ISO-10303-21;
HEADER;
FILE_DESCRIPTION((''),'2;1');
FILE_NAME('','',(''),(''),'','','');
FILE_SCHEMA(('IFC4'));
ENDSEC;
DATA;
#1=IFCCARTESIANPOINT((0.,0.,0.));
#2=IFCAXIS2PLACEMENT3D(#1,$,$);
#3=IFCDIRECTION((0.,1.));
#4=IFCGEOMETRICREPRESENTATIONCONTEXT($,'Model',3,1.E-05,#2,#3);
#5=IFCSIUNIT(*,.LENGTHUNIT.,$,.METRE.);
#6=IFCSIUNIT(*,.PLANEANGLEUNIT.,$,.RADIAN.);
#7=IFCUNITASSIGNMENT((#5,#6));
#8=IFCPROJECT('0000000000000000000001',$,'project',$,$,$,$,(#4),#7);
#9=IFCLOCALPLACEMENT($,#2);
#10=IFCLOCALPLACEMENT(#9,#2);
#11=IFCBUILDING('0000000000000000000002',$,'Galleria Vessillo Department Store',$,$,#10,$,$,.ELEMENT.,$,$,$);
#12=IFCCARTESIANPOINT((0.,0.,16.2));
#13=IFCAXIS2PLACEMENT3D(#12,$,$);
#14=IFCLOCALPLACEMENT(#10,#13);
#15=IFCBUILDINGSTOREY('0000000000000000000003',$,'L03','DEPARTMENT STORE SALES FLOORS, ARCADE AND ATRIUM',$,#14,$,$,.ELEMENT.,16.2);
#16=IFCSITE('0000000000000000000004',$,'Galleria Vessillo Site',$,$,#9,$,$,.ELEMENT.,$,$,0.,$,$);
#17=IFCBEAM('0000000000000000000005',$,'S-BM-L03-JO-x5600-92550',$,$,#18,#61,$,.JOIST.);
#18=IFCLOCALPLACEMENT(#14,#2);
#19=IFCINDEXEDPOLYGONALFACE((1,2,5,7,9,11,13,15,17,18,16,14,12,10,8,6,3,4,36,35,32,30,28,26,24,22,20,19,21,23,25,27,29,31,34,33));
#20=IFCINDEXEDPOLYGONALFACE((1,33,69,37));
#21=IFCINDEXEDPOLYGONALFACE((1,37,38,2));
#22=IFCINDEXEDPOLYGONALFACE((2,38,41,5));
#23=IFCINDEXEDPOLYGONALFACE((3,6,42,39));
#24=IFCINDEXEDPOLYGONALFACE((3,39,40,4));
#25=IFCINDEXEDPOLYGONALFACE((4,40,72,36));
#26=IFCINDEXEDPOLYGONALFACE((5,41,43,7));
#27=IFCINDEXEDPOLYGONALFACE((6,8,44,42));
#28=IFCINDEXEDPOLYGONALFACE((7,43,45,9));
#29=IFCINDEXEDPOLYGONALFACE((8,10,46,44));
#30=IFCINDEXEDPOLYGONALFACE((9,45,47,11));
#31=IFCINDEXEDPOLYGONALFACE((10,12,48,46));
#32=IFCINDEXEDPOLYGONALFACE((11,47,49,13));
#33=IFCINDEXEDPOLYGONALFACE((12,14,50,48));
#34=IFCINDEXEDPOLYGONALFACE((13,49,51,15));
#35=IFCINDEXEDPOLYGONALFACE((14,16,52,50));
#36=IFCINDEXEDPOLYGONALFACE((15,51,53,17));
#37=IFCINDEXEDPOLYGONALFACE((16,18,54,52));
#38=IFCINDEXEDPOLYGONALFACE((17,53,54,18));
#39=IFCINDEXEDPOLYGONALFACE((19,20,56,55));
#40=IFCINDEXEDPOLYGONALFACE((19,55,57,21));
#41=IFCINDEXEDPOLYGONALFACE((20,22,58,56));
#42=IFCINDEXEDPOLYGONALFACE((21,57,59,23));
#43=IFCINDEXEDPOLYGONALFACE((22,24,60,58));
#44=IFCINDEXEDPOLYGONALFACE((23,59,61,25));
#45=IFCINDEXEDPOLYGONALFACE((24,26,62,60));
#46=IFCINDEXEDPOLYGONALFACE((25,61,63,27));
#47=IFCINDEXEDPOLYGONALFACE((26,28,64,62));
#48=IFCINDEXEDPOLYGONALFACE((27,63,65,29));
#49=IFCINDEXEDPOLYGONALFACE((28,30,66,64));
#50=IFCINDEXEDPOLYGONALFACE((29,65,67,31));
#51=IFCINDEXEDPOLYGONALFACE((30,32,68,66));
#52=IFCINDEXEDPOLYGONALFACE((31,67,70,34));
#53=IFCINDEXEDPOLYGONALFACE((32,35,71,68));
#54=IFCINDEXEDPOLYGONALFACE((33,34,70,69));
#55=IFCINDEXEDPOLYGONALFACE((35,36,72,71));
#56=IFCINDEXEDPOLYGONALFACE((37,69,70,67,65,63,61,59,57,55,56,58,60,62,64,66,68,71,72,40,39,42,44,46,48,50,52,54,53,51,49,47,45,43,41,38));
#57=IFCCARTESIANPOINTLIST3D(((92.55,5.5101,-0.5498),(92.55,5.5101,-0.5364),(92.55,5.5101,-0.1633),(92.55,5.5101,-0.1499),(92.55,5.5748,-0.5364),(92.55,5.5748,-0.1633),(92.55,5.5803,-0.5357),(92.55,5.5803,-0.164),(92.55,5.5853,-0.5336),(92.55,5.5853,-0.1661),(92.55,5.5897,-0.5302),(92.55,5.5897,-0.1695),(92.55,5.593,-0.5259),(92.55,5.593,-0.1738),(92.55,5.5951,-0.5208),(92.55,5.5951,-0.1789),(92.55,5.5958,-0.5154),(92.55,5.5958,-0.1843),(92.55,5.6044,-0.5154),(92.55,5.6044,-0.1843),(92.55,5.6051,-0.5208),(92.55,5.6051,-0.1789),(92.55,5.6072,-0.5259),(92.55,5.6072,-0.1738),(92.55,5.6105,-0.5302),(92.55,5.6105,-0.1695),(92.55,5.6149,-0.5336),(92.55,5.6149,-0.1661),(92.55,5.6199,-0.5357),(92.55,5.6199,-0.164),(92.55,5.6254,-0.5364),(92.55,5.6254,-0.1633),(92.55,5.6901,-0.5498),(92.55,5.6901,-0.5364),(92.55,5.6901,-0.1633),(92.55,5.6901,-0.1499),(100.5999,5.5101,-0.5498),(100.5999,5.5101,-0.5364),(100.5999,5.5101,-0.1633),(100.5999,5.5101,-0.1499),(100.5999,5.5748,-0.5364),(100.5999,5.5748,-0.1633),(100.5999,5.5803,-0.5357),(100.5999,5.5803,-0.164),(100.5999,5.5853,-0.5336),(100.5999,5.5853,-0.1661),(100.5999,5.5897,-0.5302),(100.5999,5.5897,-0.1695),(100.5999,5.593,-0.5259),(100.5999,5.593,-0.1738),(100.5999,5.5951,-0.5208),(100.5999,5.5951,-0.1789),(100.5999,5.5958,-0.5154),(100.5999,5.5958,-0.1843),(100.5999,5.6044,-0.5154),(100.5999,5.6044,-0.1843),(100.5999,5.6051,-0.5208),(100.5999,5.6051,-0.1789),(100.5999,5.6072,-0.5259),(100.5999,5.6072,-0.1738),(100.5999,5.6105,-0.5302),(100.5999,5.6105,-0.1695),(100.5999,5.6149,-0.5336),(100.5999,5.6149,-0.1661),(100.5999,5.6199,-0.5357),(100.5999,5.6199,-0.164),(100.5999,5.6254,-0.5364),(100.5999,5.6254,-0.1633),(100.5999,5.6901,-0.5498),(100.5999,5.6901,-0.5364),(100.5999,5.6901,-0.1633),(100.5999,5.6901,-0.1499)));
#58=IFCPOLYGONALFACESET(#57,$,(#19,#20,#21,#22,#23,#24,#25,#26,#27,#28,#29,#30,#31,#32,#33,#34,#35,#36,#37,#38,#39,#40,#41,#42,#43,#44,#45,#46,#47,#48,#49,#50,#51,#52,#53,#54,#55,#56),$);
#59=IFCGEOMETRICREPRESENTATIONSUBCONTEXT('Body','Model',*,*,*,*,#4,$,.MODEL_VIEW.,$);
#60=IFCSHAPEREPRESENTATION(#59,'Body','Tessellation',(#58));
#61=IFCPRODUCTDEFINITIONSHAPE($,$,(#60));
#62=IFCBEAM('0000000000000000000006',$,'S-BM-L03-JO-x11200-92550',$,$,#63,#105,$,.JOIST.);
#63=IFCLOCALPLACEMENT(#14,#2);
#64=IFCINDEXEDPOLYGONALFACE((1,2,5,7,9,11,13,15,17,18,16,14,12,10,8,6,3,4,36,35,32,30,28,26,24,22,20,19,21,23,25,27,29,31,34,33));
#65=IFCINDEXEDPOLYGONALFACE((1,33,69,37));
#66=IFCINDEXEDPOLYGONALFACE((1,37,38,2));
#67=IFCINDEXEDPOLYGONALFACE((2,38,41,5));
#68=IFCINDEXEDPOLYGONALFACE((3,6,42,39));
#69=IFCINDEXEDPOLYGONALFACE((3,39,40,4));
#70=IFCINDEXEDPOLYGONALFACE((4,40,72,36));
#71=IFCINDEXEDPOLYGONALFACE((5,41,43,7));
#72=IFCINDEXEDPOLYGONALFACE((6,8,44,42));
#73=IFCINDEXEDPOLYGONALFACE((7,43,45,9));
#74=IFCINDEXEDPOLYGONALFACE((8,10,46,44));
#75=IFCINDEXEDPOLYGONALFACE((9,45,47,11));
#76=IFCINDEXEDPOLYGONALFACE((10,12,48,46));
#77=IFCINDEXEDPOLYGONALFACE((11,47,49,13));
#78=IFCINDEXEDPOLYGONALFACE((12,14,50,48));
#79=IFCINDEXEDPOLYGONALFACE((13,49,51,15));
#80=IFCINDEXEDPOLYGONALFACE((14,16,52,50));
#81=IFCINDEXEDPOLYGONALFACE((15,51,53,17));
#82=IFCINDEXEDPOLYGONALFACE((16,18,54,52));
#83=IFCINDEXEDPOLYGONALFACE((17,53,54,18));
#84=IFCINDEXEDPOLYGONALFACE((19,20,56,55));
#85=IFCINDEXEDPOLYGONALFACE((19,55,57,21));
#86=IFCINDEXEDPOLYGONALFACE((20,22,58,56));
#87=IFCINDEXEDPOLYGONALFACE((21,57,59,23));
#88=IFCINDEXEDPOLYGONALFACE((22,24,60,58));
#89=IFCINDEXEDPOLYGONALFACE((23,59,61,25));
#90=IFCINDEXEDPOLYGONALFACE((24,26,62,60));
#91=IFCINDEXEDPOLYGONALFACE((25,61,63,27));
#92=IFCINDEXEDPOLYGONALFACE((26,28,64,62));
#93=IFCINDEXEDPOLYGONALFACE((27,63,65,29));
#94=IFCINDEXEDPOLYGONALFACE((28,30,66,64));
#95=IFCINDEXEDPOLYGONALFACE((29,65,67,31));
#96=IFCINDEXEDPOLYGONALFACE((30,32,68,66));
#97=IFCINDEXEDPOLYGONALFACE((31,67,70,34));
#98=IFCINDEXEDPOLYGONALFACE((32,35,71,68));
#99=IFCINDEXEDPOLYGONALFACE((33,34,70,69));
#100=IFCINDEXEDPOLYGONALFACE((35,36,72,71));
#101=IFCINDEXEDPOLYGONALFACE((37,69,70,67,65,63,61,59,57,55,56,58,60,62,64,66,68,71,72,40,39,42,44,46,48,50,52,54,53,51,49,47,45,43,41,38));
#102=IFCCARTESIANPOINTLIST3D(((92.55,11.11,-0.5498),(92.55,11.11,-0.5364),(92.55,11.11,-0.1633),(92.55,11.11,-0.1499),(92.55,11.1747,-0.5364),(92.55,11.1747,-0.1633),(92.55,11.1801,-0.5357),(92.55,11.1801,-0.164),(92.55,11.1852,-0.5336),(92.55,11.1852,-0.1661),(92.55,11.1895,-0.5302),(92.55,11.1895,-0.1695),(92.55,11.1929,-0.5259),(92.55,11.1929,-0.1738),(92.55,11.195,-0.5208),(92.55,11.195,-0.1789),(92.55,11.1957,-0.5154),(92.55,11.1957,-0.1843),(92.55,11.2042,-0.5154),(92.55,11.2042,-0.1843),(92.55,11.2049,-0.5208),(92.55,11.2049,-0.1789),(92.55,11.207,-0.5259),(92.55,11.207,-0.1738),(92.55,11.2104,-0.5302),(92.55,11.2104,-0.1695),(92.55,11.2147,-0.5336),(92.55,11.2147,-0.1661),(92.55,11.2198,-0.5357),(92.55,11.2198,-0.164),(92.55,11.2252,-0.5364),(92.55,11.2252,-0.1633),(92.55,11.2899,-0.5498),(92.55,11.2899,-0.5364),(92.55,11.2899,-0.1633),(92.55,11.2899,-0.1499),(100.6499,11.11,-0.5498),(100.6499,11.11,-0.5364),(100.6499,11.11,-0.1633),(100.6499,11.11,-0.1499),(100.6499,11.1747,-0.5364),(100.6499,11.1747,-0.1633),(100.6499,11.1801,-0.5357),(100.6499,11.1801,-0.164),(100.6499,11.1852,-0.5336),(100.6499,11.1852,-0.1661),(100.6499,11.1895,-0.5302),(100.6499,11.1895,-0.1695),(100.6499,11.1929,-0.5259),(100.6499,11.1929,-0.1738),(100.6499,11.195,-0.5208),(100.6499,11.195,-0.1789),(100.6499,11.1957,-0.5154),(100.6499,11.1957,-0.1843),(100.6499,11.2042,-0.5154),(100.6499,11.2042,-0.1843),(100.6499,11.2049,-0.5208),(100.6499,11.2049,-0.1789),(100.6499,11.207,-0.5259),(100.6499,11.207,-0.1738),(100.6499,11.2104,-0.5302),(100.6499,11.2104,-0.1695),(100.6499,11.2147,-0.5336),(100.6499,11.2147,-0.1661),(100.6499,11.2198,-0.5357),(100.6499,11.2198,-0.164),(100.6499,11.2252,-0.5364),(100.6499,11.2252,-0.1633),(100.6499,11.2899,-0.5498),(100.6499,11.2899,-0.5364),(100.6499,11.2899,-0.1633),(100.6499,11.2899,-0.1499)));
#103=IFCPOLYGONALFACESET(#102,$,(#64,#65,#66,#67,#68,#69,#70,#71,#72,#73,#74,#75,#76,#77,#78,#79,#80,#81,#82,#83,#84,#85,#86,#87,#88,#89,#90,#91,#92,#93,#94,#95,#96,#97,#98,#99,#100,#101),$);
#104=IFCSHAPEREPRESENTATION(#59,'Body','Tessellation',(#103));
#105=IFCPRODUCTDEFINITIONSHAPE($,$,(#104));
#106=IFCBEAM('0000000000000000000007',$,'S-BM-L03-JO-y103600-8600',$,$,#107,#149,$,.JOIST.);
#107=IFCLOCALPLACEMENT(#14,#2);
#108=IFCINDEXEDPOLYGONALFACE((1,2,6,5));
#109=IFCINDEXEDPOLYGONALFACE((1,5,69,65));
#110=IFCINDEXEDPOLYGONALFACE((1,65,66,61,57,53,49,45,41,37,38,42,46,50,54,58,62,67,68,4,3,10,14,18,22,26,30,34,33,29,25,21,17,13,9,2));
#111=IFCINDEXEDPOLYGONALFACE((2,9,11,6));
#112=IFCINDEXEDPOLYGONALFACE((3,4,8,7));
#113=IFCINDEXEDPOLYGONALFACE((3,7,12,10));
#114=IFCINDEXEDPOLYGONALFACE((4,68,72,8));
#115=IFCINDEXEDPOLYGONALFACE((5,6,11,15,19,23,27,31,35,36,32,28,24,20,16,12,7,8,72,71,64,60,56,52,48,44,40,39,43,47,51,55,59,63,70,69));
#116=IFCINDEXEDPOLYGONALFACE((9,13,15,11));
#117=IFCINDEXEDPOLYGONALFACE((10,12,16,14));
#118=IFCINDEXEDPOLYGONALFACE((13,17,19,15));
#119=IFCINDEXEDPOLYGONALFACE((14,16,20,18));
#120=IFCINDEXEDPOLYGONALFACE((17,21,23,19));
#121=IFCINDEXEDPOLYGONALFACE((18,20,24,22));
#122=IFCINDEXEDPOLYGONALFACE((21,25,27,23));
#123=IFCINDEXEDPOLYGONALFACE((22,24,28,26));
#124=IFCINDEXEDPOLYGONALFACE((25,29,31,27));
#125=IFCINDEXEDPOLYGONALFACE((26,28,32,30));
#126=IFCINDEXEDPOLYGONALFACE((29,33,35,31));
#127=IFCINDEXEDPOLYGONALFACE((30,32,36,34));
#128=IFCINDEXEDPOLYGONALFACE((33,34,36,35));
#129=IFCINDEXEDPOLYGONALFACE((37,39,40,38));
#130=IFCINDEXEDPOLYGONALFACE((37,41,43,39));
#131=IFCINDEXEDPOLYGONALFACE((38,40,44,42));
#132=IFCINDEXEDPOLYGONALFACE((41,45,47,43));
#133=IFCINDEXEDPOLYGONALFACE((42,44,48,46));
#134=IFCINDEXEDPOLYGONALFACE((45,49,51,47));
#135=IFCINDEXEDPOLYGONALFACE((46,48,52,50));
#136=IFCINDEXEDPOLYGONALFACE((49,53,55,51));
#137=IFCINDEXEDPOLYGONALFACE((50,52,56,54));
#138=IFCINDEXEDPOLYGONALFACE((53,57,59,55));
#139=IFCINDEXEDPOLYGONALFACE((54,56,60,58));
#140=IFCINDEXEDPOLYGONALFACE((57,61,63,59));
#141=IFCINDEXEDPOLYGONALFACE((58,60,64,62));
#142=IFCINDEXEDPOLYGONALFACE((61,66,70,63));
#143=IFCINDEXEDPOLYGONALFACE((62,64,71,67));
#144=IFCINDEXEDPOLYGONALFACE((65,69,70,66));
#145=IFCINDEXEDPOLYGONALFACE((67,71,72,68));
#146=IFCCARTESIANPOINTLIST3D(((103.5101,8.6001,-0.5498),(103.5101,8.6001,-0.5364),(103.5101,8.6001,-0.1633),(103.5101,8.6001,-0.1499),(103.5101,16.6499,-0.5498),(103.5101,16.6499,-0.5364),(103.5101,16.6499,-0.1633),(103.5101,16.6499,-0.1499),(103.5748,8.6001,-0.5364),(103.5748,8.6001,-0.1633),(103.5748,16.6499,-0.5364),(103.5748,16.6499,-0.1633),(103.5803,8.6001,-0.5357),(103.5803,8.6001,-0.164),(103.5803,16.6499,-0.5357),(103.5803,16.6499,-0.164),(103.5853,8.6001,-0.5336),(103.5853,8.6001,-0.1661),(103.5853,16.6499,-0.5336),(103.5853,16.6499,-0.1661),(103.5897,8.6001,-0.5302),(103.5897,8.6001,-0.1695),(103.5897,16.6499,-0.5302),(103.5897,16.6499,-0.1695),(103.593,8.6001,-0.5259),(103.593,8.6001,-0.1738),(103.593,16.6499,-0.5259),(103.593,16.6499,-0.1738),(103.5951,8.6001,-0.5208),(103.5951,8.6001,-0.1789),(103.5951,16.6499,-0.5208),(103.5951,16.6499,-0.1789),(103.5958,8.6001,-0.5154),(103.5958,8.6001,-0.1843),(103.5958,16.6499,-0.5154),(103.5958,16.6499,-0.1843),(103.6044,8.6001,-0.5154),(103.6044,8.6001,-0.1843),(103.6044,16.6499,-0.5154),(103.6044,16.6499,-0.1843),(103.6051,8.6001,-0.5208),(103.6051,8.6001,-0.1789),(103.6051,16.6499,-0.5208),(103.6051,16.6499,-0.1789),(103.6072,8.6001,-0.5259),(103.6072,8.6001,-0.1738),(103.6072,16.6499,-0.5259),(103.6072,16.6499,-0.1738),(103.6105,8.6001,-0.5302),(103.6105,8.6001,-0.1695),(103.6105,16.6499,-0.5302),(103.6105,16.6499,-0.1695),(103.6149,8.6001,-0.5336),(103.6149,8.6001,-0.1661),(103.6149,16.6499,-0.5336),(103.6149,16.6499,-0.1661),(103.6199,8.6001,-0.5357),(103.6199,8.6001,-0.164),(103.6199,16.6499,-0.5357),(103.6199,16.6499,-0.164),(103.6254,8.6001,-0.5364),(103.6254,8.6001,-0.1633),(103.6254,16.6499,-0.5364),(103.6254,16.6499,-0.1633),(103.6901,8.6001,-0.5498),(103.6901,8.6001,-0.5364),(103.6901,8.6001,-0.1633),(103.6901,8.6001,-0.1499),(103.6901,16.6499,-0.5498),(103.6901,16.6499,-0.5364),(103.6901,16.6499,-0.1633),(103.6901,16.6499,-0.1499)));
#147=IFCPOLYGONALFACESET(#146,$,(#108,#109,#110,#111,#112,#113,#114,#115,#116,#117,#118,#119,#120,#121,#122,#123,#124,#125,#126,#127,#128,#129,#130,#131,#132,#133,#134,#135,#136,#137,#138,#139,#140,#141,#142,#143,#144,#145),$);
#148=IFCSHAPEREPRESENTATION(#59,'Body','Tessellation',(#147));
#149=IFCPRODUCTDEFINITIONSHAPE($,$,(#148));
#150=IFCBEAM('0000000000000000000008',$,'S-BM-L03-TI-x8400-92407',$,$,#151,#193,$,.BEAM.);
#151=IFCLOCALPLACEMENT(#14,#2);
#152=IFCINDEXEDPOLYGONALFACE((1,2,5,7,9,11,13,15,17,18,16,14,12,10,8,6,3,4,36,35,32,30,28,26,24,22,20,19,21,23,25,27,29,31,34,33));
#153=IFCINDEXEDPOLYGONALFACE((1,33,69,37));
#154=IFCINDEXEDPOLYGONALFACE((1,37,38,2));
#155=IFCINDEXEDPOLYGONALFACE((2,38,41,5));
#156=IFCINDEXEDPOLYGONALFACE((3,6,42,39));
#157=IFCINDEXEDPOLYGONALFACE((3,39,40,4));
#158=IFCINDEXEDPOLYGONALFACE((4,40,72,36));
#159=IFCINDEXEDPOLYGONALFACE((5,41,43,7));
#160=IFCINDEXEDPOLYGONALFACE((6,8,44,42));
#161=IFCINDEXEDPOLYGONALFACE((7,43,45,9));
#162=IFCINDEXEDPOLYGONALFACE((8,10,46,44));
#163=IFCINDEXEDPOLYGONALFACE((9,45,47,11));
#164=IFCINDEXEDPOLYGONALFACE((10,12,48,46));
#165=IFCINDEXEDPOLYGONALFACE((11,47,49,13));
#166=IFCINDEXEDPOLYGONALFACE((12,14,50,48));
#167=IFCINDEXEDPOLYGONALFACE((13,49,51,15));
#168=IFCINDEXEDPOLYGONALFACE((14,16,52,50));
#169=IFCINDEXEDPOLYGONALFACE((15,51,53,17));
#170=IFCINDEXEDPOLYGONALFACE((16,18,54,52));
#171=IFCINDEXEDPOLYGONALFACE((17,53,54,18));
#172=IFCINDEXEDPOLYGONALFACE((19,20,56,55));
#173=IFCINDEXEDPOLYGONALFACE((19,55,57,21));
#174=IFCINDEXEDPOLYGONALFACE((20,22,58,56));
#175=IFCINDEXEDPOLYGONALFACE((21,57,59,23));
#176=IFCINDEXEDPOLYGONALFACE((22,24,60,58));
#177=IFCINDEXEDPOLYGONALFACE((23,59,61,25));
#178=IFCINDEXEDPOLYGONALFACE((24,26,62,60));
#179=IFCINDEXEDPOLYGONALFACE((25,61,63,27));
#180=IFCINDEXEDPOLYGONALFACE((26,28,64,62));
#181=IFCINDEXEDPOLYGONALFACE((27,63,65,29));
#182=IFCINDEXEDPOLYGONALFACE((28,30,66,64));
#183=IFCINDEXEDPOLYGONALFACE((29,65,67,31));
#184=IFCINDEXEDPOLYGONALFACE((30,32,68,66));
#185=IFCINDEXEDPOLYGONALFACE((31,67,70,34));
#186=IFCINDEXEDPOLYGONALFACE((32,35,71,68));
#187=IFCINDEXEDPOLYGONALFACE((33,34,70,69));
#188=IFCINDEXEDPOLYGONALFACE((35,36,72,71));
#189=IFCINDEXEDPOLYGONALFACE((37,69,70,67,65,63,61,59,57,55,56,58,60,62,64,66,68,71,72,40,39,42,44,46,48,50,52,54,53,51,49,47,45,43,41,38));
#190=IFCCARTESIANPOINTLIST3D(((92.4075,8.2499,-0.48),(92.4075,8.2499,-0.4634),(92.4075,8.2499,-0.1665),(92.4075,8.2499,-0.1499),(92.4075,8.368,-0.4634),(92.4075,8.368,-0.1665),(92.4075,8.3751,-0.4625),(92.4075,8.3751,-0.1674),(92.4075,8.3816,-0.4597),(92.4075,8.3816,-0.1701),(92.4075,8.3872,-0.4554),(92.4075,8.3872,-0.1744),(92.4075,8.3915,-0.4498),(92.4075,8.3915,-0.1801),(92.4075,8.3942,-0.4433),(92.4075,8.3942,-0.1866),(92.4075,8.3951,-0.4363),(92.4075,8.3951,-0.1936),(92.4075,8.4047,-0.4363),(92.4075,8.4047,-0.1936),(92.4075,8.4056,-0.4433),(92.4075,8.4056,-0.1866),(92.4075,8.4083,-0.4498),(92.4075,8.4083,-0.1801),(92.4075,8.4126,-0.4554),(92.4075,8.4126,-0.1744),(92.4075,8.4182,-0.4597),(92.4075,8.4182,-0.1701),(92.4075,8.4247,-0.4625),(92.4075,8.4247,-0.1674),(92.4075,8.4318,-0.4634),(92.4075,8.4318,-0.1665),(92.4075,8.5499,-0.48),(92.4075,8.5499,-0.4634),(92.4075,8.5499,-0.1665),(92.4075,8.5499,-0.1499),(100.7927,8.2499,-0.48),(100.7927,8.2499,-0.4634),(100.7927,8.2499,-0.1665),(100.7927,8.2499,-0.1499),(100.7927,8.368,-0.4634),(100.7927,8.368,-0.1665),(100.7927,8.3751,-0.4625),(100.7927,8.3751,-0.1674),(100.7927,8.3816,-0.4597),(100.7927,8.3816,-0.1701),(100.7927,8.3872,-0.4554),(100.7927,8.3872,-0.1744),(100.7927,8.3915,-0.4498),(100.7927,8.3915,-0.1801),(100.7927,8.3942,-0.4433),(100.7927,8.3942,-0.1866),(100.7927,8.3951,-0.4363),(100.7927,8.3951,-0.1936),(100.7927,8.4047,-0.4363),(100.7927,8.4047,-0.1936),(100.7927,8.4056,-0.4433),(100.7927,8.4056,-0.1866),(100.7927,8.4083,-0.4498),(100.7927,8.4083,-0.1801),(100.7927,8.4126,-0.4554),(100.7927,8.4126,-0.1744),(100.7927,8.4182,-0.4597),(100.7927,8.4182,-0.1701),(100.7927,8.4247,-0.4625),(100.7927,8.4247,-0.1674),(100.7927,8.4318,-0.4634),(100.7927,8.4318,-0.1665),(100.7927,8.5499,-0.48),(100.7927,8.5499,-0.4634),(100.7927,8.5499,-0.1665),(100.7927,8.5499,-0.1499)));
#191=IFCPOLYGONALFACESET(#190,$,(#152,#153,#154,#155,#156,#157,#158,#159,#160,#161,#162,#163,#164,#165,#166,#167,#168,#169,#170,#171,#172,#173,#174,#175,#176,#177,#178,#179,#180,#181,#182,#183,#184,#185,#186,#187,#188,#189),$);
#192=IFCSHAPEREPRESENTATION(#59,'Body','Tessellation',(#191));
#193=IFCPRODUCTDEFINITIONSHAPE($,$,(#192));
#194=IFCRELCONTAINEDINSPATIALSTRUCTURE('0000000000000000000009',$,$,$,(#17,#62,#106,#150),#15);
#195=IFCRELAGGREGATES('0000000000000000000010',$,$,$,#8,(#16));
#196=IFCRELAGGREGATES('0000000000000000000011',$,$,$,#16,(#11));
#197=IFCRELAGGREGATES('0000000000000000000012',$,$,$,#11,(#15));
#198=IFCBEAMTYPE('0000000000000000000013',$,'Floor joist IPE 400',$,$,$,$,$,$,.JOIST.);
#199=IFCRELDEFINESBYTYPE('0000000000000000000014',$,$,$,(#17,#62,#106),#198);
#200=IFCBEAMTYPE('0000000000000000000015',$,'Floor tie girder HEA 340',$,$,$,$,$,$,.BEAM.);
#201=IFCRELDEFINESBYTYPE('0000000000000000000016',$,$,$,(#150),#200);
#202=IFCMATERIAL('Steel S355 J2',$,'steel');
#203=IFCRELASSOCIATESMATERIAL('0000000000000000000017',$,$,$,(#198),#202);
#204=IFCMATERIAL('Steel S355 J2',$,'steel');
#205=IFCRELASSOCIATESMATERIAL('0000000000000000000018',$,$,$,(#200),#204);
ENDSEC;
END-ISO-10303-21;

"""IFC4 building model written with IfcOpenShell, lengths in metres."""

from ifc_helpers import new_model, si_unit, direction, frame, origin, origin_2d, place, context, subcontext, project, spatial, i_section, extrude, material, material_profile, profile_set, type_object, element, save


model = new_model("IFC4")

# Units and contexts
model_context = context("Model", 3, precision=1e-05, world=origin(), true_north=direction((0.0, 1.0)))
body_context = subcontext(model_context, "Body", "Model", "MODEL_VIEW")
ifc_project = project(units=[si_unit("LENGTHUNIT", "METRE"), si_unit("PLANEANGLEUNIT", "RADIAN")], contexts=[model_context])

# Site, building, storey
site_placement = place(None, origin())
site = spatial("IfcSite", under=ifc_project, at=site_placement, Name="Galleria Vessillo Site", CompositionType="ELEMENT", RefElevation=0.0)
building_placement = place(site_placement, origin())
building = spatial("IfcBuilding", under=site, at=building_placement, Name="Galleria Vessillo Department Store", CompositionType="ELEMENT")
storey_placement = place(building_placement, frame((0.0, 0.0, 16.2)))
storey = spatial("IfcBuildingStorey", under=building, at=storey_placement, Name="L03", Description="DEPARTMENT STORE SALES FLOORS, ARCADE AND ATRIUM", CompositionType="ELEMENT", Elevation=16.2)

# Beams
ifc_material_1 = material(Name="Steel S355 J2", Category="steel")
ifc_material_profile_1 = material_profile(ifc_material_1, i_section(OverallWidth=0.1799, OverallDepth=0.3999, WebThickness=0.0085, FlangeThickness=0.0134, FilletRadius=0.021, at=origin_2d()), Name="IPE 400")
ifc_profile_set_1 = profile_set([ifc_material_profile_1], Name="Steel S355 J2")
beam_type_1 = type_object("IfcBeamType", Name="Floor joist IPE 400", PredefinedType="JOIST", material=ifc_profile_set_1)
for number, where, z_axis, x_axis, name in (
    (1, (92.55, 5.6001, -0.3499), (1.0, 0.0, 0.0), (0.0, 1.0, 0.0), "S-BM-L03-JO-x5600-92550"),
):
    element("IfcBeam", number, at=place(storey_placement, frame(where, z_axis=z_axis, x_axis=x_axis)), inside=storey, type_object=beam_type_1, Name=name, PredefinedType="JOIST", context=body_context, shape_type="SweptSolid", body=[
        extrude(i_section(OverallWidth=0.1799, OverallDepth=0.3999, WebThickness=0.0085, FlangeThickness=0.0134, FilletRadius=0.021, at=origin_2d()), origin(), (0.0, 0.0, 1.0), 8.0498),
    ])
beam_1_placement = place(storey_placement, frame((92.55, 11.2, -0.3499), z_axis=(1.0, 0.0, 0.0), x_axis=(0.0, 1.0, 0.0)))
element("IfcBeam", 2, at=beam_1_placement, inside=storey, type_object=beam_type_1, Name="S-BM-L03-JO-x11200-92550", PredefinedType="JOIST", context=body_context, shape_type="SweptSolid", body=[
    extrude(i_section(OverallWidth=0.1799, OverallDepth=0.3999, WebThickness=0.0085, FlangeThickness=0.0134, FilletRadius=0.021, at=origin_2d()), origin(), (0.0, 0.0, 1.0), 8.0999),
])
beam_2_placement = place(storey_placement, frame((103.6001, 8.6001, -0.3499), z_axis=(0.0, 1.0, 0.0), x_axis=(-1.0, 0.0, 0.0)))
element("IfcBeam", 3, at=beam_2_placement, inside=storey, type_object=beam_type_1, Name="S-BM-L03-JO-y103600-8600", PredefinedType="JOIST", context=body_context, shape_type="SweptSolid", body=[
    extrude(i_section(OverallWidth=0.1799, OverallDepth=0.3999, WebThickness=0.0085, FlangeThickness=0.0134, FilletRadius=0.021, at=origin_2d()), origin(), (0.0, 0.0, 1.0), 8.0498),
])
ifc_material_2 = material(Name="Steel S355 J2", Category="steel")
ifc_material_profile_2 = material_profile(ifc_material_2, i_section(OverallWidth=0.3, OverallDepth=0.3301, WebThickness=0.0095, FlangeThickness=0.0166, FilletRadius=0.0271, at=origin_2d()), Name="HEA 340")
ifc_profile_set_2 = profile_set([ifc_material_profile_2], Name="Steel S355 J2")
beam_type_2 = type_object("IfcBeamType", Name="Floor tie girder HEA 340", PredefinedType="BEAM", material=ifc_profile_set_2)
beam_3_placement = place(storey_placement, frame((92.4075, 8.3999, -0.3149), z_axis=(1.0, 0.0, 0.0), x_axis=(0.0, 1.0, 0.0)))
element("IfcBeam", 4, at=beam_3_placement, inside=storey, type_object=beam_type_2, Name="S-BM-L03-TI-x8400-92407", PredefinedType="BEAM", context=body_context, shape_type="SweptSolid", body=[
    extrude(i_section(OverallWidth=0.3, OverallDepth=0.3301, WebThickness=0.0095, FlangeThickness=0.0166, FilletRadius=0.0271, at=origin_2d()), origin(), (0.0, 0.0, 1.0), 8.3853),
])

save(model, "model.ifc")
